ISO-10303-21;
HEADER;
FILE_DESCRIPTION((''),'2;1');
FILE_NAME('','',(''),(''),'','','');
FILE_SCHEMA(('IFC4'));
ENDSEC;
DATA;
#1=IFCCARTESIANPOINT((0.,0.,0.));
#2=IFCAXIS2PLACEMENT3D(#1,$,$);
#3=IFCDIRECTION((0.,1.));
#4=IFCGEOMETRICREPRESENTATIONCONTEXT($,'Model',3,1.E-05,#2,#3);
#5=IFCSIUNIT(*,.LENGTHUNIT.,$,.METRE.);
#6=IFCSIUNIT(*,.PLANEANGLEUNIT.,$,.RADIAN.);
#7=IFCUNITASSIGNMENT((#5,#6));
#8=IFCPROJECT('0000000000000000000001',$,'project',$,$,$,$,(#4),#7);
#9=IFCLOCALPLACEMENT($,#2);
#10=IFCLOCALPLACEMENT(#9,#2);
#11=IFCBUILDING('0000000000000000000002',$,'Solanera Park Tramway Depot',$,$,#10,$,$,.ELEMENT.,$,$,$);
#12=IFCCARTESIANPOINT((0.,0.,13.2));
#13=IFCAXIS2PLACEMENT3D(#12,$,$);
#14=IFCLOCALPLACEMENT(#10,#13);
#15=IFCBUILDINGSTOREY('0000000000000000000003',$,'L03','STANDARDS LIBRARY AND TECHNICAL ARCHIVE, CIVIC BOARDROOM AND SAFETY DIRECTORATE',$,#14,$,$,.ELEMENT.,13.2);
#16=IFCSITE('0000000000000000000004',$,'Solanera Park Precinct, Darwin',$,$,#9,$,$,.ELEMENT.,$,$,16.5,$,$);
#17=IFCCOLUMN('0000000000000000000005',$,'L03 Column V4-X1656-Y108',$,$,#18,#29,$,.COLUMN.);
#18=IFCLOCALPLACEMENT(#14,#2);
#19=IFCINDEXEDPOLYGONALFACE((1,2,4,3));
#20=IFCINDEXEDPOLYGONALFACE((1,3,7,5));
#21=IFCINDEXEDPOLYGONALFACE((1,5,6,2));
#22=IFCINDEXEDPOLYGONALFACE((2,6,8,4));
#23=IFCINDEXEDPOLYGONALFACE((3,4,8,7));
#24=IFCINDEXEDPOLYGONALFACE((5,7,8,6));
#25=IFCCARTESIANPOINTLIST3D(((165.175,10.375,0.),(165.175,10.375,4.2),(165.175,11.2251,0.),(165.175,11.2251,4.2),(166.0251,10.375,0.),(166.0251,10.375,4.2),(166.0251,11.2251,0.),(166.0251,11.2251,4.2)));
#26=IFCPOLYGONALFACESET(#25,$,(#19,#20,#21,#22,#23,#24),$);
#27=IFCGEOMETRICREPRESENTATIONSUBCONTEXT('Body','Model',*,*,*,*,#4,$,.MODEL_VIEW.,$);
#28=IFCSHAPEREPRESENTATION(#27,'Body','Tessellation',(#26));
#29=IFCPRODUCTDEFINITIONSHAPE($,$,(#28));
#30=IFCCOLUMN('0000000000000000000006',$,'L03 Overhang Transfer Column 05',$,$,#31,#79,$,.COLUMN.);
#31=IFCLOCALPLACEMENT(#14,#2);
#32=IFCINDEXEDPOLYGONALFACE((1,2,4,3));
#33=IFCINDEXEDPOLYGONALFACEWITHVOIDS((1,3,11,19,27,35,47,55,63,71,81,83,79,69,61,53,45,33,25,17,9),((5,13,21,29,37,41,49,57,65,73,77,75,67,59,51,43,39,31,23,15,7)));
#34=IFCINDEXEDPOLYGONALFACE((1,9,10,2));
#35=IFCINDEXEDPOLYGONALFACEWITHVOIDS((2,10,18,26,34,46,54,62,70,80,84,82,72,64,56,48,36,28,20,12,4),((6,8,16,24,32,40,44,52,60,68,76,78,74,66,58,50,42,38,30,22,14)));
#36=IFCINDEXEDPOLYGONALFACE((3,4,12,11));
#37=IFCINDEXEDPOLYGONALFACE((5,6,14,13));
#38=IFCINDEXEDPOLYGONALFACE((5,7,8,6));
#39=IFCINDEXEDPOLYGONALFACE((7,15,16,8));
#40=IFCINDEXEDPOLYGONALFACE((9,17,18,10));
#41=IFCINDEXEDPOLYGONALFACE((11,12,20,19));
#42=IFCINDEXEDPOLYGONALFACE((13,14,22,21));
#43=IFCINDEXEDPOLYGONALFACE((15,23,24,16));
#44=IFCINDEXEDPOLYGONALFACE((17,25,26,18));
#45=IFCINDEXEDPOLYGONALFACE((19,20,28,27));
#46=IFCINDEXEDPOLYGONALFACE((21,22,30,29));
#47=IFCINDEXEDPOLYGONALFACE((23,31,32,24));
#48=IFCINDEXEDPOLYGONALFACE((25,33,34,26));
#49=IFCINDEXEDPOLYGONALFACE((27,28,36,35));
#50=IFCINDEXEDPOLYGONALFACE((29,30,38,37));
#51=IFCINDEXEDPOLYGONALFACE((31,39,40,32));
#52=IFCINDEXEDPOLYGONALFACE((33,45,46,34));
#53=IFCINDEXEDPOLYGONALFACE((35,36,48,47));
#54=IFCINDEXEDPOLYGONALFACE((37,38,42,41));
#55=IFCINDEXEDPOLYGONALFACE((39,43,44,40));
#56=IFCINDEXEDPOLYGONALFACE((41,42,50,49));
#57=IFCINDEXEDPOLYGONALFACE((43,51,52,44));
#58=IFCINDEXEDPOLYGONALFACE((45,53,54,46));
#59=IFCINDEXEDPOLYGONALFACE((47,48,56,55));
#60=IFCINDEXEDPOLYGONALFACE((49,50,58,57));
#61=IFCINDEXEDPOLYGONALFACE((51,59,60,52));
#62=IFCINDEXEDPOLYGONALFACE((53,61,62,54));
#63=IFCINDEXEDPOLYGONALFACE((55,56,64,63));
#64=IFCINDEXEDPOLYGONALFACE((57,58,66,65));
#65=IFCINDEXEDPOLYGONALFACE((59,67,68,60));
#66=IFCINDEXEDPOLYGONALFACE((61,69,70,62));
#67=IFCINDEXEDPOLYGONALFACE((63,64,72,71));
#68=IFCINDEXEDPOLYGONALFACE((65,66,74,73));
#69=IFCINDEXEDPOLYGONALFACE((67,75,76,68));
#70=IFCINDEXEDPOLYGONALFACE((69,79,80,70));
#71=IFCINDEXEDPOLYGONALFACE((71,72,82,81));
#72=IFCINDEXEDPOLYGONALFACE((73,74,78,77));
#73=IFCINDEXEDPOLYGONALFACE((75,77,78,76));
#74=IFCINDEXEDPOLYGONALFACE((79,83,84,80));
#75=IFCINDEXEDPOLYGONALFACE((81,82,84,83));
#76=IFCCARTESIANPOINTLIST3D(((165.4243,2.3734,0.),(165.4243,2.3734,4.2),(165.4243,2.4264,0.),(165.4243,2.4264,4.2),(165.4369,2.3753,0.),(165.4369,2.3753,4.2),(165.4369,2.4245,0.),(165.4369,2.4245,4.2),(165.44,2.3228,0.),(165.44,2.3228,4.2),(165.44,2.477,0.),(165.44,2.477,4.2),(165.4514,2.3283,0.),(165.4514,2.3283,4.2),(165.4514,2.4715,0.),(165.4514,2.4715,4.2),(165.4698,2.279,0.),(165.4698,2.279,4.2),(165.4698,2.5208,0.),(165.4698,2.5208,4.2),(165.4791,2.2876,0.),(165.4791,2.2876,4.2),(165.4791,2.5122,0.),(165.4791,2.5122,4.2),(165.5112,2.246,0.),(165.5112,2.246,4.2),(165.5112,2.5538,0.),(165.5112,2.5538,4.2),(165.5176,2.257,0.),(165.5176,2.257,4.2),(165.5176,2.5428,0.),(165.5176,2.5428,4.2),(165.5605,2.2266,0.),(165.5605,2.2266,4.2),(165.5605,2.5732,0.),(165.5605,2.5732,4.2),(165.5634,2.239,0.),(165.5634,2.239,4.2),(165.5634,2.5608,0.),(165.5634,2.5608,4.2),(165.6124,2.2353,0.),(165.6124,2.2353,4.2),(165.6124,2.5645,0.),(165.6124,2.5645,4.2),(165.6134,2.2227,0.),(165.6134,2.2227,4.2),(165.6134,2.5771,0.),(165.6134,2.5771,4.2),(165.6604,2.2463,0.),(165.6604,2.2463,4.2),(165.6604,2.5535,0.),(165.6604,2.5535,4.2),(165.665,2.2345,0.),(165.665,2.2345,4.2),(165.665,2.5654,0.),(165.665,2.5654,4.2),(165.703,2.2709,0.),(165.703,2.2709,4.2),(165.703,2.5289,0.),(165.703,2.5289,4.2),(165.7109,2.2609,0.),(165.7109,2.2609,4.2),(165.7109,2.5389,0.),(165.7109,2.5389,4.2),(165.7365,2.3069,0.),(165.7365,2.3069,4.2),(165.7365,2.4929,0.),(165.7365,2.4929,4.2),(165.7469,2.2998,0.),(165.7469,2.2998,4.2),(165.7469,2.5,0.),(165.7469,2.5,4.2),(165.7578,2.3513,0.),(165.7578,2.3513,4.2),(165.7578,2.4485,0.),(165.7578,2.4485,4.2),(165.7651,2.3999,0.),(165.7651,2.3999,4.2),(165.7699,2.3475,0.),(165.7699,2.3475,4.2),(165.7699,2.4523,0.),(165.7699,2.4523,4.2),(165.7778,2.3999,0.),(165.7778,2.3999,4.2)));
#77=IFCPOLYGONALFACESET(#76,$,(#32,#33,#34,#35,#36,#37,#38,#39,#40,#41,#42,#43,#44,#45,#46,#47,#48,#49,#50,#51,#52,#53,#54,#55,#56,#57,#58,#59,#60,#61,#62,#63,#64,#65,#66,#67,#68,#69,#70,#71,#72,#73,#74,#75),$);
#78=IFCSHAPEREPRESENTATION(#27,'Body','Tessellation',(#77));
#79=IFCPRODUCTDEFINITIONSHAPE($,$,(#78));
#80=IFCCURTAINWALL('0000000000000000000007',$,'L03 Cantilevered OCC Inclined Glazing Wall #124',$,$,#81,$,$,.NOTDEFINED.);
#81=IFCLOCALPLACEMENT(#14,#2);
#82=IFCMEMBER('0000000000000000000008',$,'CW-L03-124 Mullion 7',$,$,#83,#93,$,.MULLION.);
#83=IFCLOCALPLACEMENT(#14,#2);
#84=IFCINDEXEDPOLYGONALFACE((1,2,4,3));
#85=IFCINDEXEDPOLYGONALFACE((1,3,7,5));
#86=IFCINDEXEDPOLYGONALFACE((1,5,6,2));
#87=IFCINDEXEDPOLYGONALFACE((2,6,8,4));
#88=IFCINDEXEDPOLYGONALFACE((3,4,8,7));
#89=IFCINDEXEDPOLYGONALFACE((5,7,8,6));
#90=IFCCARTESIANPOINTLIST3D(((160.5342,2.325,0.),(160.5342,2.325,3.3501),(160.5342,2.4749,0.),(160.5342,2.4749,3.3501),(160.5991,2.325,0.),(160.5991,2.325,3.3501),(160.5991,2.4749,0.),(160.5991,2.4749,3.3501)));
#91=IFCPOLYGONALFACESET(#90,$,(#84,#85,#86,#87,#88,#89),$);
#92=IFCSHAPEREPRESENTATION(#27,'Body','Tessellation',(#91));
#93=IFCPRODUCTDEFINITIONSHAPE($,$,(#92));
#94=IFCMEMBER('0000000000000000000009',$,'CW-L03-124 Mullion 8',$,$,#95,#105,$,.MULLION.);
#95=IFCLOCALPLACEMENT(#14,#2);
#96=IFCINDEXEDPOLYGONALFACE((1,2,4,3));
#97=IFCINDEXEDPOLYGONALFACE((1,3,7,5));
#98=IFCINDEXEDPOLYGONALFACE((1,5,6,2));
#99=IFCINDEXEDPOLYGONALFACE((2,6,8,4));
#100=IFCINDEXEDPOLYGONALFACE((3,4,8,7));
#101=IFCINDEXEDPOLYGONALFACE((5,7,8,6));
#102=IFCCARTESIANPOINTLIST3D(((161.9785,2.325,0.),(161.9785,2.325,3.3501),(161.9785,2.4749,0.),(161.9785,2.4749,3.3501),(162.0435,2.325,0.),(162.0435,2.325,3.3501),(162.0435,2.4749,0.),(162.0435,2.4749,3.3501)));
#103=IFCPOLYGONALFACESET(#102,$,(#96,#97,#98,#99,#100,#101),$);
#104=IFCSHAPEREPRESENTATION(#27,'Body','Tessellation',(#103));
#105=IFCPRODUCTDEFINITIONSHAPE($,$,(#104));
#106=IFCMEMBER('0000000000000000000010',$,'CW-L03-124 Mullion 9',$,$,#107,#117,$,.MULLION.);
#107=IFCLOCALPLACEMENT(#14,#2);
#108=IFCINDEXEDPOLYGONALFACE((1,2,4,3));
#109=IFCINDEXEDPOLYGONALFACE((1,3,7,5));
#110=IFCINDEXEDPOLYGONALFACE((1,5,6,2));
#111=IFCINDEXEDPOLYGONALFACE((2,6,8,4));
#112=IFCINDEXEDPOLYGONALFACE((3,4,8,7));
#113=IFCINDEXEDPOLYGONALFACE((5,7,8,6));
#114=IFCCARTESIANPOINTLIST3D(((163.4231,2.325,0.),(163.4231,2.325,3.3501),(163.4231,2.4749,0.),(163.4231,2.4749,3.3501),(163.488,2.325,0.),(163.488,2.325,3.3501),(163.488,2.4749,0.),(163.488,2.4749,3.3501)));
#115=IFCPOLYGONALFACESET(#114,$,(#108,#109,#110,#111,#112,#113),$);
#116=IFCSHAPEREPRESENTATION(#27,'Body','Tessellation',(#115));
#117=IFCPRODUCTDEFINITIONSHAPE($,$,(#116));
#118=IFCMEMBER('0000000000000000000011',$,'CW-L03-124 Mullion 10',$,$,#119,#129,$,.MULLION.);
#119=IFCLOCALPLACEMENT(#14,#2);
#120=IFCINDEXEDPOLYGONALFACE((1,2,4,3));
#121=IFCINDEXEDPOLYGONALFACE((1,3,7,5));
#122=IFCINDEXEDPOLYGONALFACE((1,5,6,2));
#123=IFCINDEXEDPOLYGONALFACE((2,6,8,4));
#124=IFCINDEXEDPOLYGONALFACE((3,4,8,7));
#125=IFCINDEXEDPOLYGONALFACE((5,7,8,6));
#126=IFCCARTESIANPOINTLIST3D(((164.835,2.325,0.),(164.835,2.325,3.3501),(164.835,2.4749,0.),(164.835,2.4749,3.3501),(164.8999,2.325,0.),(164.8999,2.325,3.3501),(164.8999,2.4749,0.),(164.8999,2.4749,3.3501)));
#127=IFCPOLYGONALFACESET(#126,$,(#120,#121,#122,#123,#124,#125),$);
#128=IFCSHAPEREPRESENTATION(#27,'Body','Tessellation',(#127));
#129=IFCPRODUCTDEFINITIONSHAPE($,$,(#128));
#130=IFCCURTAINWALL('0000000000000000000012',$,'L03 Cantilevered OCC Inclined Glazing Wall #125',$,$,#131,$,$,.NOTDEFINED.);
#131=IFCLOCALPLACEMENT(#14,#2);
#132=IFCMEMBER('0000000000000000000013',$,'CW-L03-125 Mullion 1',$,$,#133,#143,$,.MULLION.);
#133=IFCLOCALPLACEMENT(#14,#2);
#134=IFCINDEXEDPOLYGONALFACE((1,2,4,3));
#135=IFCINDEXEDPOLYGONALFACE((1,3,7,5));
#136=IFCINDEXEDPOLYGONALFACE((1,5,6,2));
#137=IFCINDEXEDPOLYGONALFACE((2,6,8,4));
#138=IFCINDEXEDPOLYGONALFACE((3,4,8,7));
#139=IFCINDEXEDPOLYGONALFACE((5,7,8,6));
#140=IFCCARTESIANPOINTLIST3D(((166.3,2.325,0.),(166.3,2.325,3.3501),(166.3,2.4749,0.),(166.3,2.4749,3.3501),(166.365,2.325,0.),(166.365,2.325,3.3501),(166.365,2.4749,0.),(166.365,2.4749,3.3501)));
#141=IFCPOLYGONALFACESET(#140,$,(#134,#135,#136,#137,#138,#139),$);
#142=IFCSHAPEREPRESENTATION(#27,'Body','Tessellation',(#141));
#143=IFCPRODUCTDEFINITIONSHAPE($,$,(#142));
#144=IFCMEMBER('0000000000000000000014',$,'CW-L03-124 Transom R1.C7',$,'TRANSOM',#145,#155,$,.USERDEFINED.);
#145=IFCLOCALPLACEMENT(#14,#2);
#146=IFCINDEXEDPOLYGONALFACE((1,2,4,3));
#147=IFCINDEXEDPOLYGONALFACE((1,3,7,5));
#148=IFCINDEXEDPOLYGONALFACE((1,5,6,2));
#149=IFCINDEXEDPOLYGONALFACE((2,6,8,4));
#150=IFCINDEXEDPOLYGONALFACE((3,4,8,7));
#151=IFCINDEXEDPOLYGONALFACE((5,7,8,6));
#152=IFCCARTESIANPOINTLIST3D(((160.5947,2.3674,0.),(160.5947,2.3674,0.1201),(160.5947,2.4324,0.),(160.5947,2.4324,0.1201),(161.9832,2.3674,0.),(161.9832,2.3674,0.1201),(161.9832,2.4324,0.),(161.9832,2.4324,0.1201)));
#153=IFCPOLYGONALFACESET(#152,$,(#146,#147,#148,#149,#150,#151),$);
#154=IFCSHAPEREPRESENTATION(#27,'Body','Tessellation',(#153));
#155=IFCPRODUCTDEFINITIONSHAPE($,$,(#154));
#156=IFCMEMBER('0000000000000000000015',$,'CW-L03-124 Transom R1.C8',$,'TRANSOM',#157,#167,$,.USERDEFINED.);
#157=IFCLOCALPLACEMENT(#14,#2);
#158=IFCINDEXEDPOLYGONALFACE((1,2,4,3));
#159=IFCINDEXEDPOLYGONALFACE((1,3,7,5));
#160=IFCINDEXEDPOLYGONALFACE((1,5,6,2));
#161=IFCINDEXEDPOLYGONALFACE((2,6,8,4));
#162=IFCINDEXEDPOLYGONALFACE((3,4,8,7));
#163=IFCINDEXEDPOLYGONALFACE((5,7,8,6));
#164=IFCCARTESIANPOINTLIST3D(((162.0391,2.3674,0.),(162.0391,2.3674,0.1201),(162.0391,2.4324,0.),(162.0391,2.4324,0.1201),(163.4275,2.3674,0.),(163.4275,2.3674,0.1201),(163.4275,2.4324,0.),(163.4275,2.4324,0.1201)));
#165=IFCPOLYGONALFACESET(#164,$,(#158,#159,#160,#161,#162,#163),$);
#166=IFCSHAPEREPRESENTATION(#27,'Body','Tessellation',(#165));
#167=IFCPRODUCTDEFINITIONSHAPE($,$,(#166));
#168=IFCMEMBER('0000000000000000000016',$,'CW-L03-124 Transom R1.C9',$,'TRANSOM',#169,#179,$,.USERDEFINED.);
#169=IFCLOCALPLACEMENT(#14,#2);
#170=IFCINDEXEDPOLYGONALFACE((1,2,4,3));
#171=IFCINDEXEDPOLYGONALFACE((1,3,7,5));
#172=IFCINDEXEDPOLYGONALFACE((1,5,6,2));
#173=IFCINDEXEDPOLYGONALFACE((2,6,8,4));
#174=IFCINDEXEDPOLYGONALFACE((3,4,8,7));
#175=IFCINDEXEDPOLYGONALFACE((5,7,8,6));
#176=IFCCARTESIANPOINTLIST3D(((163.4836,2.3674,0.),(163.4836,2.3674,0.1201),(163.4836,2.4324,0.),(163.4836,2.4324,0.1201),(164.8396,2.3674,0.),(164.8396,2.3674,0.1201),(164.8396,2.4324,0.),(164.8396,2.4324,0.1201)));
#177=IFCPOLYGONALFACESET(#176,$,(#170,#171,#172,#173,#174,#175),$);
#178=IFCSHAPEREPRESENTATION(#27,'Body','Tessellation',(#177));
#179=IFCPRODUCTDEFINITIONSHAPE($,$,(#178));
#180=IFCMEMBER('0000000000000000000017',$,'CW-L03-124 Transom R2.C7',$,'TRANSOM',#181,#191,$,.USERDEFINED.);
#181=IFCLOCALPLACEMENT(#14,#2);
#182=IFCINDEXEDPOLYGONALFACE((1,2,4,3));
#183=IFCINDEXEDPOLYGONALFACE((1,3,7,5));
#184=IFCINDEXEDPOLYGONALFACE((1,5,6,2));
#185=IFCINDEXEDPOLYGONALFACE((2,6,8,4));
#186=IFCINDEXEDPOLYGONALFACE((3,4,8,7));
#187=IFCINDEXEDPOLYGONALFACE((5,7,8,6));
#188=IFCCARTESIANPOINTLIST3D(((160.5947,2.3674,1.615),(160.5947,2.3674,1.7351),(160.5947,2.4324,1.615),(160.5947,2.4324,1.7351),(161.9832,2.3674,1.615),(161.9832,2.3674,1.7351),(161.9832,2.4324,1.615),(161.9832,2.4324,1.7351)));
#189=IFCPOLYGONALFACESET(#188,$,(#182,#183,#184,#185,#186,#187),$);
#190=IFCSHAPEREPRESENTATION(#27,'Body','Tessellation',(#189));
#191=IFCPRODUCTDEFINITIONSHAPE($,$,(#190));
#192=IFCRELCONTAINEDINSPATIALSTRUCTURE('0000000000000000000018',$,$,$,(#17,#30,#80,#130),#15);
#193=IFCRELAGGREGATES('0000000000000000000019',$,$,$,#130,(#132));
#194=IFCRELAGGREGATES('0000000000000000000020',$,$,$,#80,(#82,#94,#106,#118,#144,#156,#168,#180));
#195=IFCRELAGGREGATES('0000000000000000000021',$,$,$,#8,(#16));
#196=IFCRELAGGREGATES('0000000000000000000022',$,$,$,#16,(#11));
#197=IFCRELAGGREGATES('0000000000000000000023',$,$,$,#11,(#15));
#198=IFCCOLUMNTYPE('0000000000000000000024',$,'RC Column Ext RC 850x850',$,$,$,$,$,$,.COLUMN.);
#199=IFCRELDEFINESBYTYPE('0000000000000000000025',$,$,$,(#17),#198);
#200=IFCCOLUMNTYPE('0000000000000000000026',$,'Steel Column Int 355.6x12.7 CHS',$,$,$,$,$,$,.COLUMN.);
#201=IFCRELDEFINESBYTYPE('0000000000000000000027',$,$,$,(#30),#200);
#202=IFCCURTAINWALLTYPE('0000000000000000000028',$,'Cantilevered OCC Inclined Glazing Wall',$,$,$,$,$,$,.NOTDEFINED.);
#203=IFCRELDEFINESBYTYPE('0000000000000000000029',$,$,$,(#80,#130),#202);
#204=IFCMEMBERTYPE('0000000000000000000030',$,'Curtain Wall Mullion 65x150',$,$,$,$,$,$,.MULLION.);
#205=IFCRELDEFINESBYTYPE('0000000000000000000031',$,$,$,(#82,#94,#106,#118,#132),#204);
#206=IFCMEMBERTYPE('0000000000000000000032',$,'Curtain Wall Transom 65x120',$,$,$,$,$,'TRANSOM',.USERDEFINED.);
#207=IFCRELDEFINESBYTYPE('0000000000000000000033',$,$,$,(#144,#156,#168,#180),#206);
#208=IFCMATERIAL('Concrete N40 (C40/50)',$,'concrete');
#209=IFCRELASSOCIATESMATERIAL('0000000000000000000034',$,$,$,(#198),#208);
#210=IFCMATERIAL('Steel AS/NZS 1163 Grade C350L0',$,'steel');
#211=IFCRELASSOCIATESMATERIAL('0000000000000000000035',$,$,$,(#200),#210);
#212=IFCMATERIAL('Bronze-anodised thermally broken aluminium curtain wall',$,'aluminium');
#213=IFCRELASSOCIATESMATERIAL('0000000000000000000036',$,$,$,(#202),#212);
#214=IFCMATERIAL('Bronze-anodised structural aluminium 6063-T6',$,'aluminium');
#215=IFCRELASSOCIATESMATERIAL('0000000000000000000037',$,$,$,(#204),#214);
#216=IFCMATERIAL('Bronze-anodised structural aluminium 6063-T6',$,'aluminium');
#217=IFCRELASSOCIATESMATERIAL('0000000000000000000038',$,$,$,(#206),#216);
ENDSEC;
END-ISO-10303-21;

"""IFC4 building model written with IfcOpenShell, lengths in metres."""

from ifc_helpers import new_model, si_unit, direction, frame, origin, origin_2d, place, context, subcontext, project, spatial, rectangle, hollow_circle, extrude, material, material_profile, profile_set, type_object, element, aggregate, save


model = new_model("IFC4")

# Units and contexts
model_context = context("Model", 3, precision=1e-05, world=origin(), true_north=direction((0.0, 1.0)))
body_context = subcontext(model_context, "Body", "Model", "MODEL_VIEW")
ifc_project = project(units=[si_unit("LENGTHUNIT", "METRE"), si_unit("PLANEANGLEUNIT", "RADIAN")], contexts=[model_context])

# Site, building, storey
site_placement = place(None, origin())
site = spatial("IfcSite", under=ifc_project, at=site_placement, Name="Solanera Park Precinct, Darwin", CompositionType="ELEMENT", RefElevation=16.5)
building_placement = place(site_placement, origin())
building = spatial("IfcBuilding", under=site, at=building_placement, Name="Solanera Park Tramway Depot", CompositionType="ELEMENT")
storey_placement = place(building_placement, frame((0.0, 0.0, 13.2)))
storey = spatial("IfcBuildingStorey", under=building, at=storey_placement, Name="L03", Description="STANDARDS LIBRARY AND TECHNICAL ARCHIVE, CIVIC BOARDROOM AND SAFETY DIRECTORATE", CompositionType="ELEMENT", Elevation=13.2)

# Columns
ifc_material_1 = material(Name="Concrete N40 (C40/50)", Category="concrete")
ifc_material_profile_1 = material_profile(ifc_material_1, rectangle(XDim=0.8501, YDim=0.8501, at=origin_2d()), Name="RC 850x850")
ifc_profile_set_1 = profile_set([ifc_material_profile_1], Name="Concrete N40 (C40/50)")
column_type_1 = type_object("IfcColumnType", Name="RC Column Ext RC 850x850", PredefinedType="COLUMN", material=ifc_profile_set_1)
column_1_placement = place(storey_placement, frame((165.6001, 10.8, 0.0), z_axis=(0.0, 0.0, 1.0), x_axis=(1.0, 0.0, 0.0)))
element("IfcColumn", 1, at=column_1_placement, inside=storey, type_object=column_type_1, Name="L03 Column V4-X1656-Y108", PredefinedType="COLUMN", context=body_context, shape_type="SweptSolid", body=[
    extrude(rectangle(XDim=0.8501, YDim=0.8501, at=origin_2d()), origin(), (0.0, 0.0, 1.0), 4.2),
])
ifc_material_2 = material(Name="Steel AS/NZS 1163 Grade C350L0", Category="steel")
ifc_material_profile_2 = material_profile(ifc_material_2, hollow_circle(Radius=0.1777, WallThickness=0.0127, at=origin_2d()), Name="355.6x12.7 CHS")
ifc_profile_set_2 = profile_set([ifc_material_profile_2], Name="Steel AS/NZS 1163 Grade C350L0")
column_type_2 = type_object("IfcColumnType", Name="Steel Column Int 355.6x12.7 CHS", PredefinedType="COLUMN", material=ifc_profile_set_2)
column_2_placement = place(storey_placement, frame((165.6001, 2.3999, 0.0), z_axis=(0.0, 0.0, 1.0), x_axis=(1.0, 0.0, 0.0)))
element("IfcColumn", 2, at=column_2_placement, inside=storey, type_object=column_type_2, Name="L03 Overhang Transfer Column 05", PredefinedType="COLUMN", context=body_context, shape_type="SweptSolid", body=[
    extrude(hollow_circle(Radius=0.1777, WallThickness=0.0127, at=origin_2d()), origin(), (0.0, 0.0, 1.0), 4.2),
])

# Curtain wall, members
ifc_material_3 = material(Name="Bronze-anodised thermally broken aluminium curtain wall", Category="aluminium")
curtain_wall_type = type_object("IfcCurtainWallType", Name="Cantilevered OCC Inclined Glazing Wall", PredefinedType="NOTDEFINED", material=ifc_material_3)
curtain_wall_1_placement = place(storey_placement, origin())
curtain_wall_1 = element("IfcCurtainWall", 3, at=curtain_wall_1_placement, inside=storey, type_object=curtain_wall_type, Name="L03 Cantilevered OCC Inclined Glazing Wall #124", PredefinedType="NOTDEFINED")
ifc_material_4 = material(Name="Bronze-anodised structural aluminium 6063-T6", Category="aluminium")
ifc_material_profile_3 = material_profile(ifc_material_4, rectangle(XDim=0.0649, YDim=0.1499, at=origin_2d()), Name="Curtain Wall Mullion 65x150")
ifc_profile_set_3 = profile_set([ifc_material_profile_3], Name="Bronze-anodised structural aluminium 6063-T6")
member_type_1 = type_object("IfcMemberType", Name="Curtain Wall Mullion 65x150", PredefinedType="MULLION", material=ifc_profile_set_3)
member_1_placement = place(storey_placement, frame((160.5667, 2.3999, 0.0), z_axis=(0.0, 0.0, 1.0), x_axis=(1.0, 0.0, 0.0)))
member_1 = element("IfcMember", 4, at=member_1_placement, type_object=member_type_1, Name="CW-L03-124 Mullion 7", PredefinedType="MULLION", context=body_context, shape_type="SweptSolid", body=[
    extrude(rectangle(XDim=0.0649, YDim=0.1499, at=origin_2d()), origin(), (0.0, 0.0, 1.0), 3.3501),
])
member_2_placement = place(storey_placement, frame((162.011, 2.3999, 0.0), z_axis=(0.0, 0.0, 1.0), x_axis=(1.0, 0.0, 0.0)))
member_2 = element("IfcMember", 5, at=member_2_placement, type_object=member_type_1, Name="CW-L03-124 Mullion 8", PredefinedType="MULLION", context=body_context, shape_type="SweptSolid", body=[
    extrude(rectangle(XDim=0.0649, YDim=0.1499, at=origin_2d()), origin(), (0.0, 0.0, 1.0), 3.3501),
])
member_3_placement = place(storey_placement, frame((163.4556, 2.3999, 0.0), z_axis=(0.0, 0.0, 1.0), x_axis=(1.0, 0.0, 0.0)))
member_3 = element("IfcMember", 6, at=member_3_placement, type_object=member_type_1, Name="CW-L03-124 Mullion 9", PredefinedType="MULLION", context=body_context, shape_type="SweptSolid", body=[
    extrude(rectangle(XDim=0.0649, YDim=0.1499, at=origin_2d()), origin(), (0.0, 0.0, 1.0), 3.3501),
])
member_4_placement = place(storey_placement, frame((164.8674, 2.3999, 0.0), z_axis=(0.0, 0.0, 1.0), x_axis=(1.0, 0.0, 0.0)))
member_4 = element("IfcMember", 7, at=member_4_placement, type_object=member_type_1, Name="CW-L03-124 Mullion 10", PredefinedType="MULLION", context=body_context, shape_type="SweptSolid", body=[
    extrude(rectangle(XDim=0.0649, YDim=0.1499, at=origin_2d()), origin(), (0.0, 0.0, 1.0), 3.3501),
])

# Curtain wall, member
curtain_wall_2_placement = place(storey_placement, origin())
curtain_wall_2 = element("IfcCurtainWall", 8, at=curtain_wall_2_placement, inside=storey, type_object=curtain_wall_type, Name="L03 Cantilevered OCC Inclined Glazing Wall #125", PredefinedType="NOTDEFINED")
member_5_placement = place(storey_placement, frame((166.3325, 2.3999, 0.0), z_axis=(0.0, 0.0, 1.0), x_axis=(1.0, 0.0, 0.0)))
member_5 = element("IfcMember", 9, at=member_5_placement, type_object=member_type_1, Name="CW-L03-125 Mullion 1", PredefinedType="MULLION", context=body_context, shape_type="SweptSolid", body=[
    extrude(rectangle(XDim=0.0649, YDim=0.1499, at=origin_2d()), origin(), (0.0, 0.0, 1.0), 3.3501),
])
aggregate(curtain_wall_2, [member_5])

# Members
ifc_material_5 = material(Name="Bronze-anodised structural aluminium 6063-T6", Category="aluminium")
ifc_material_profile_4 = material_profile(ifc_material_5, rectangle(XDim=0.0649, YDim=0.1201, at=origin_2d()), Name="Curtain Wall Transom 65x120")
ifc_profile_set_4 = profile_set([ifc_material_profile_4], Name="Bronze-anodised structural aluminium 6063-T6")
member_type_2 = type_object("IfcMemberType", Name="Curtain Wall Transom 65x120", ElementType="TRANSOM", PredefinedType="USERDEFINED", material=ifc_profile_set_4)
member_6_placement = place(storey_placement, frame((160.5947, 2.3999, 0.0601), z_axis=(1.0, 0.0, 0.0), x_axis=(0.0, 1.0, 0.0)))
member_6 = element("IfcMember", 10, at=member_6_placement, type_object=member_type_2, Name="CW-L03-124 Transom R1.C7", ObjectType="TRANSOM", PredefinedType="USERDEFINED", context=body_context, shape_type="SweptSolid", body=[
    extrude(rectangle(XDim=0.0649, YDim=0.1201, at=origin_2d()), origin(), (0.0, 0.0, 1.0), 1.3884),
])
member_7_placement = place(storey_placement, frame((162.0391, 2.3999, 0.0601), z_axis=(1.0, 0.0, 0.0), x_axis=(0.0, 1.0, 0.0)))
member_7 = element("IfcMember", 11, at=member_7_placement, type_object=member_type_2, Name="CW-L03-124 Transom R1.C8", ObjectType="TRANSOM", PredefinedType="USERDEFINED", context=body_context, shape_type="SweptSolid", body=[
    extrude(rectangle(XDim=0.0649, YDim=0.1201, at=origin_2d()), origin(), (0.0, 0.0, 1.0), 1.3884),
])
member_8_placement = place(storey_placement, frame((163.4836, 2.3999, 0.0601), z_axis=(1.0, 0.0, 0.0), x_axis=(0.0, 1.0, 0.0)))
member_8 = element("IfcMember", 12, at=member_8_placement, type_object=member_type_2, Name="CW-L03-124 Transom R1.C9", ObjectType="TRANSOM", PredefinedType="USERDEFINED", context=body_context, shape_type="SweptSolid", body=[
    extrude(rectangle(XDim=0.0649, YDim=0.1201, at=origin_2d()), origin(), (0.0, 0.0, 1.0), 1.356),
])
member_9_placement = place(storey_placement, frame((160.5947, 2.3999, 1.675), z_axis=(1.0, 0.0, 0.0), x_axis=(0.0, 1.0, 0.0)))
member_9 = element("IfcMember", 13, at=member_9_placement, type_object=member_type_2, Name="CW-L03-124 Transom R2.C7", ObjectType="TRANSOM", PredefinedType="USERDEFINED", context=body_context, shape_type="SweptSolid", body=[
    extrude(rectangle(XDim=0.0649, YDim=0.1201, at=origin_2d()), origin(), (0.0, 0.0, 1.0), 1.3884),
])

aggregate(curtain_wall_1, [member_1, member_2, member_3, member_4, member_6, member_7, member_8, member_9])

save(model, "model.ifc")
